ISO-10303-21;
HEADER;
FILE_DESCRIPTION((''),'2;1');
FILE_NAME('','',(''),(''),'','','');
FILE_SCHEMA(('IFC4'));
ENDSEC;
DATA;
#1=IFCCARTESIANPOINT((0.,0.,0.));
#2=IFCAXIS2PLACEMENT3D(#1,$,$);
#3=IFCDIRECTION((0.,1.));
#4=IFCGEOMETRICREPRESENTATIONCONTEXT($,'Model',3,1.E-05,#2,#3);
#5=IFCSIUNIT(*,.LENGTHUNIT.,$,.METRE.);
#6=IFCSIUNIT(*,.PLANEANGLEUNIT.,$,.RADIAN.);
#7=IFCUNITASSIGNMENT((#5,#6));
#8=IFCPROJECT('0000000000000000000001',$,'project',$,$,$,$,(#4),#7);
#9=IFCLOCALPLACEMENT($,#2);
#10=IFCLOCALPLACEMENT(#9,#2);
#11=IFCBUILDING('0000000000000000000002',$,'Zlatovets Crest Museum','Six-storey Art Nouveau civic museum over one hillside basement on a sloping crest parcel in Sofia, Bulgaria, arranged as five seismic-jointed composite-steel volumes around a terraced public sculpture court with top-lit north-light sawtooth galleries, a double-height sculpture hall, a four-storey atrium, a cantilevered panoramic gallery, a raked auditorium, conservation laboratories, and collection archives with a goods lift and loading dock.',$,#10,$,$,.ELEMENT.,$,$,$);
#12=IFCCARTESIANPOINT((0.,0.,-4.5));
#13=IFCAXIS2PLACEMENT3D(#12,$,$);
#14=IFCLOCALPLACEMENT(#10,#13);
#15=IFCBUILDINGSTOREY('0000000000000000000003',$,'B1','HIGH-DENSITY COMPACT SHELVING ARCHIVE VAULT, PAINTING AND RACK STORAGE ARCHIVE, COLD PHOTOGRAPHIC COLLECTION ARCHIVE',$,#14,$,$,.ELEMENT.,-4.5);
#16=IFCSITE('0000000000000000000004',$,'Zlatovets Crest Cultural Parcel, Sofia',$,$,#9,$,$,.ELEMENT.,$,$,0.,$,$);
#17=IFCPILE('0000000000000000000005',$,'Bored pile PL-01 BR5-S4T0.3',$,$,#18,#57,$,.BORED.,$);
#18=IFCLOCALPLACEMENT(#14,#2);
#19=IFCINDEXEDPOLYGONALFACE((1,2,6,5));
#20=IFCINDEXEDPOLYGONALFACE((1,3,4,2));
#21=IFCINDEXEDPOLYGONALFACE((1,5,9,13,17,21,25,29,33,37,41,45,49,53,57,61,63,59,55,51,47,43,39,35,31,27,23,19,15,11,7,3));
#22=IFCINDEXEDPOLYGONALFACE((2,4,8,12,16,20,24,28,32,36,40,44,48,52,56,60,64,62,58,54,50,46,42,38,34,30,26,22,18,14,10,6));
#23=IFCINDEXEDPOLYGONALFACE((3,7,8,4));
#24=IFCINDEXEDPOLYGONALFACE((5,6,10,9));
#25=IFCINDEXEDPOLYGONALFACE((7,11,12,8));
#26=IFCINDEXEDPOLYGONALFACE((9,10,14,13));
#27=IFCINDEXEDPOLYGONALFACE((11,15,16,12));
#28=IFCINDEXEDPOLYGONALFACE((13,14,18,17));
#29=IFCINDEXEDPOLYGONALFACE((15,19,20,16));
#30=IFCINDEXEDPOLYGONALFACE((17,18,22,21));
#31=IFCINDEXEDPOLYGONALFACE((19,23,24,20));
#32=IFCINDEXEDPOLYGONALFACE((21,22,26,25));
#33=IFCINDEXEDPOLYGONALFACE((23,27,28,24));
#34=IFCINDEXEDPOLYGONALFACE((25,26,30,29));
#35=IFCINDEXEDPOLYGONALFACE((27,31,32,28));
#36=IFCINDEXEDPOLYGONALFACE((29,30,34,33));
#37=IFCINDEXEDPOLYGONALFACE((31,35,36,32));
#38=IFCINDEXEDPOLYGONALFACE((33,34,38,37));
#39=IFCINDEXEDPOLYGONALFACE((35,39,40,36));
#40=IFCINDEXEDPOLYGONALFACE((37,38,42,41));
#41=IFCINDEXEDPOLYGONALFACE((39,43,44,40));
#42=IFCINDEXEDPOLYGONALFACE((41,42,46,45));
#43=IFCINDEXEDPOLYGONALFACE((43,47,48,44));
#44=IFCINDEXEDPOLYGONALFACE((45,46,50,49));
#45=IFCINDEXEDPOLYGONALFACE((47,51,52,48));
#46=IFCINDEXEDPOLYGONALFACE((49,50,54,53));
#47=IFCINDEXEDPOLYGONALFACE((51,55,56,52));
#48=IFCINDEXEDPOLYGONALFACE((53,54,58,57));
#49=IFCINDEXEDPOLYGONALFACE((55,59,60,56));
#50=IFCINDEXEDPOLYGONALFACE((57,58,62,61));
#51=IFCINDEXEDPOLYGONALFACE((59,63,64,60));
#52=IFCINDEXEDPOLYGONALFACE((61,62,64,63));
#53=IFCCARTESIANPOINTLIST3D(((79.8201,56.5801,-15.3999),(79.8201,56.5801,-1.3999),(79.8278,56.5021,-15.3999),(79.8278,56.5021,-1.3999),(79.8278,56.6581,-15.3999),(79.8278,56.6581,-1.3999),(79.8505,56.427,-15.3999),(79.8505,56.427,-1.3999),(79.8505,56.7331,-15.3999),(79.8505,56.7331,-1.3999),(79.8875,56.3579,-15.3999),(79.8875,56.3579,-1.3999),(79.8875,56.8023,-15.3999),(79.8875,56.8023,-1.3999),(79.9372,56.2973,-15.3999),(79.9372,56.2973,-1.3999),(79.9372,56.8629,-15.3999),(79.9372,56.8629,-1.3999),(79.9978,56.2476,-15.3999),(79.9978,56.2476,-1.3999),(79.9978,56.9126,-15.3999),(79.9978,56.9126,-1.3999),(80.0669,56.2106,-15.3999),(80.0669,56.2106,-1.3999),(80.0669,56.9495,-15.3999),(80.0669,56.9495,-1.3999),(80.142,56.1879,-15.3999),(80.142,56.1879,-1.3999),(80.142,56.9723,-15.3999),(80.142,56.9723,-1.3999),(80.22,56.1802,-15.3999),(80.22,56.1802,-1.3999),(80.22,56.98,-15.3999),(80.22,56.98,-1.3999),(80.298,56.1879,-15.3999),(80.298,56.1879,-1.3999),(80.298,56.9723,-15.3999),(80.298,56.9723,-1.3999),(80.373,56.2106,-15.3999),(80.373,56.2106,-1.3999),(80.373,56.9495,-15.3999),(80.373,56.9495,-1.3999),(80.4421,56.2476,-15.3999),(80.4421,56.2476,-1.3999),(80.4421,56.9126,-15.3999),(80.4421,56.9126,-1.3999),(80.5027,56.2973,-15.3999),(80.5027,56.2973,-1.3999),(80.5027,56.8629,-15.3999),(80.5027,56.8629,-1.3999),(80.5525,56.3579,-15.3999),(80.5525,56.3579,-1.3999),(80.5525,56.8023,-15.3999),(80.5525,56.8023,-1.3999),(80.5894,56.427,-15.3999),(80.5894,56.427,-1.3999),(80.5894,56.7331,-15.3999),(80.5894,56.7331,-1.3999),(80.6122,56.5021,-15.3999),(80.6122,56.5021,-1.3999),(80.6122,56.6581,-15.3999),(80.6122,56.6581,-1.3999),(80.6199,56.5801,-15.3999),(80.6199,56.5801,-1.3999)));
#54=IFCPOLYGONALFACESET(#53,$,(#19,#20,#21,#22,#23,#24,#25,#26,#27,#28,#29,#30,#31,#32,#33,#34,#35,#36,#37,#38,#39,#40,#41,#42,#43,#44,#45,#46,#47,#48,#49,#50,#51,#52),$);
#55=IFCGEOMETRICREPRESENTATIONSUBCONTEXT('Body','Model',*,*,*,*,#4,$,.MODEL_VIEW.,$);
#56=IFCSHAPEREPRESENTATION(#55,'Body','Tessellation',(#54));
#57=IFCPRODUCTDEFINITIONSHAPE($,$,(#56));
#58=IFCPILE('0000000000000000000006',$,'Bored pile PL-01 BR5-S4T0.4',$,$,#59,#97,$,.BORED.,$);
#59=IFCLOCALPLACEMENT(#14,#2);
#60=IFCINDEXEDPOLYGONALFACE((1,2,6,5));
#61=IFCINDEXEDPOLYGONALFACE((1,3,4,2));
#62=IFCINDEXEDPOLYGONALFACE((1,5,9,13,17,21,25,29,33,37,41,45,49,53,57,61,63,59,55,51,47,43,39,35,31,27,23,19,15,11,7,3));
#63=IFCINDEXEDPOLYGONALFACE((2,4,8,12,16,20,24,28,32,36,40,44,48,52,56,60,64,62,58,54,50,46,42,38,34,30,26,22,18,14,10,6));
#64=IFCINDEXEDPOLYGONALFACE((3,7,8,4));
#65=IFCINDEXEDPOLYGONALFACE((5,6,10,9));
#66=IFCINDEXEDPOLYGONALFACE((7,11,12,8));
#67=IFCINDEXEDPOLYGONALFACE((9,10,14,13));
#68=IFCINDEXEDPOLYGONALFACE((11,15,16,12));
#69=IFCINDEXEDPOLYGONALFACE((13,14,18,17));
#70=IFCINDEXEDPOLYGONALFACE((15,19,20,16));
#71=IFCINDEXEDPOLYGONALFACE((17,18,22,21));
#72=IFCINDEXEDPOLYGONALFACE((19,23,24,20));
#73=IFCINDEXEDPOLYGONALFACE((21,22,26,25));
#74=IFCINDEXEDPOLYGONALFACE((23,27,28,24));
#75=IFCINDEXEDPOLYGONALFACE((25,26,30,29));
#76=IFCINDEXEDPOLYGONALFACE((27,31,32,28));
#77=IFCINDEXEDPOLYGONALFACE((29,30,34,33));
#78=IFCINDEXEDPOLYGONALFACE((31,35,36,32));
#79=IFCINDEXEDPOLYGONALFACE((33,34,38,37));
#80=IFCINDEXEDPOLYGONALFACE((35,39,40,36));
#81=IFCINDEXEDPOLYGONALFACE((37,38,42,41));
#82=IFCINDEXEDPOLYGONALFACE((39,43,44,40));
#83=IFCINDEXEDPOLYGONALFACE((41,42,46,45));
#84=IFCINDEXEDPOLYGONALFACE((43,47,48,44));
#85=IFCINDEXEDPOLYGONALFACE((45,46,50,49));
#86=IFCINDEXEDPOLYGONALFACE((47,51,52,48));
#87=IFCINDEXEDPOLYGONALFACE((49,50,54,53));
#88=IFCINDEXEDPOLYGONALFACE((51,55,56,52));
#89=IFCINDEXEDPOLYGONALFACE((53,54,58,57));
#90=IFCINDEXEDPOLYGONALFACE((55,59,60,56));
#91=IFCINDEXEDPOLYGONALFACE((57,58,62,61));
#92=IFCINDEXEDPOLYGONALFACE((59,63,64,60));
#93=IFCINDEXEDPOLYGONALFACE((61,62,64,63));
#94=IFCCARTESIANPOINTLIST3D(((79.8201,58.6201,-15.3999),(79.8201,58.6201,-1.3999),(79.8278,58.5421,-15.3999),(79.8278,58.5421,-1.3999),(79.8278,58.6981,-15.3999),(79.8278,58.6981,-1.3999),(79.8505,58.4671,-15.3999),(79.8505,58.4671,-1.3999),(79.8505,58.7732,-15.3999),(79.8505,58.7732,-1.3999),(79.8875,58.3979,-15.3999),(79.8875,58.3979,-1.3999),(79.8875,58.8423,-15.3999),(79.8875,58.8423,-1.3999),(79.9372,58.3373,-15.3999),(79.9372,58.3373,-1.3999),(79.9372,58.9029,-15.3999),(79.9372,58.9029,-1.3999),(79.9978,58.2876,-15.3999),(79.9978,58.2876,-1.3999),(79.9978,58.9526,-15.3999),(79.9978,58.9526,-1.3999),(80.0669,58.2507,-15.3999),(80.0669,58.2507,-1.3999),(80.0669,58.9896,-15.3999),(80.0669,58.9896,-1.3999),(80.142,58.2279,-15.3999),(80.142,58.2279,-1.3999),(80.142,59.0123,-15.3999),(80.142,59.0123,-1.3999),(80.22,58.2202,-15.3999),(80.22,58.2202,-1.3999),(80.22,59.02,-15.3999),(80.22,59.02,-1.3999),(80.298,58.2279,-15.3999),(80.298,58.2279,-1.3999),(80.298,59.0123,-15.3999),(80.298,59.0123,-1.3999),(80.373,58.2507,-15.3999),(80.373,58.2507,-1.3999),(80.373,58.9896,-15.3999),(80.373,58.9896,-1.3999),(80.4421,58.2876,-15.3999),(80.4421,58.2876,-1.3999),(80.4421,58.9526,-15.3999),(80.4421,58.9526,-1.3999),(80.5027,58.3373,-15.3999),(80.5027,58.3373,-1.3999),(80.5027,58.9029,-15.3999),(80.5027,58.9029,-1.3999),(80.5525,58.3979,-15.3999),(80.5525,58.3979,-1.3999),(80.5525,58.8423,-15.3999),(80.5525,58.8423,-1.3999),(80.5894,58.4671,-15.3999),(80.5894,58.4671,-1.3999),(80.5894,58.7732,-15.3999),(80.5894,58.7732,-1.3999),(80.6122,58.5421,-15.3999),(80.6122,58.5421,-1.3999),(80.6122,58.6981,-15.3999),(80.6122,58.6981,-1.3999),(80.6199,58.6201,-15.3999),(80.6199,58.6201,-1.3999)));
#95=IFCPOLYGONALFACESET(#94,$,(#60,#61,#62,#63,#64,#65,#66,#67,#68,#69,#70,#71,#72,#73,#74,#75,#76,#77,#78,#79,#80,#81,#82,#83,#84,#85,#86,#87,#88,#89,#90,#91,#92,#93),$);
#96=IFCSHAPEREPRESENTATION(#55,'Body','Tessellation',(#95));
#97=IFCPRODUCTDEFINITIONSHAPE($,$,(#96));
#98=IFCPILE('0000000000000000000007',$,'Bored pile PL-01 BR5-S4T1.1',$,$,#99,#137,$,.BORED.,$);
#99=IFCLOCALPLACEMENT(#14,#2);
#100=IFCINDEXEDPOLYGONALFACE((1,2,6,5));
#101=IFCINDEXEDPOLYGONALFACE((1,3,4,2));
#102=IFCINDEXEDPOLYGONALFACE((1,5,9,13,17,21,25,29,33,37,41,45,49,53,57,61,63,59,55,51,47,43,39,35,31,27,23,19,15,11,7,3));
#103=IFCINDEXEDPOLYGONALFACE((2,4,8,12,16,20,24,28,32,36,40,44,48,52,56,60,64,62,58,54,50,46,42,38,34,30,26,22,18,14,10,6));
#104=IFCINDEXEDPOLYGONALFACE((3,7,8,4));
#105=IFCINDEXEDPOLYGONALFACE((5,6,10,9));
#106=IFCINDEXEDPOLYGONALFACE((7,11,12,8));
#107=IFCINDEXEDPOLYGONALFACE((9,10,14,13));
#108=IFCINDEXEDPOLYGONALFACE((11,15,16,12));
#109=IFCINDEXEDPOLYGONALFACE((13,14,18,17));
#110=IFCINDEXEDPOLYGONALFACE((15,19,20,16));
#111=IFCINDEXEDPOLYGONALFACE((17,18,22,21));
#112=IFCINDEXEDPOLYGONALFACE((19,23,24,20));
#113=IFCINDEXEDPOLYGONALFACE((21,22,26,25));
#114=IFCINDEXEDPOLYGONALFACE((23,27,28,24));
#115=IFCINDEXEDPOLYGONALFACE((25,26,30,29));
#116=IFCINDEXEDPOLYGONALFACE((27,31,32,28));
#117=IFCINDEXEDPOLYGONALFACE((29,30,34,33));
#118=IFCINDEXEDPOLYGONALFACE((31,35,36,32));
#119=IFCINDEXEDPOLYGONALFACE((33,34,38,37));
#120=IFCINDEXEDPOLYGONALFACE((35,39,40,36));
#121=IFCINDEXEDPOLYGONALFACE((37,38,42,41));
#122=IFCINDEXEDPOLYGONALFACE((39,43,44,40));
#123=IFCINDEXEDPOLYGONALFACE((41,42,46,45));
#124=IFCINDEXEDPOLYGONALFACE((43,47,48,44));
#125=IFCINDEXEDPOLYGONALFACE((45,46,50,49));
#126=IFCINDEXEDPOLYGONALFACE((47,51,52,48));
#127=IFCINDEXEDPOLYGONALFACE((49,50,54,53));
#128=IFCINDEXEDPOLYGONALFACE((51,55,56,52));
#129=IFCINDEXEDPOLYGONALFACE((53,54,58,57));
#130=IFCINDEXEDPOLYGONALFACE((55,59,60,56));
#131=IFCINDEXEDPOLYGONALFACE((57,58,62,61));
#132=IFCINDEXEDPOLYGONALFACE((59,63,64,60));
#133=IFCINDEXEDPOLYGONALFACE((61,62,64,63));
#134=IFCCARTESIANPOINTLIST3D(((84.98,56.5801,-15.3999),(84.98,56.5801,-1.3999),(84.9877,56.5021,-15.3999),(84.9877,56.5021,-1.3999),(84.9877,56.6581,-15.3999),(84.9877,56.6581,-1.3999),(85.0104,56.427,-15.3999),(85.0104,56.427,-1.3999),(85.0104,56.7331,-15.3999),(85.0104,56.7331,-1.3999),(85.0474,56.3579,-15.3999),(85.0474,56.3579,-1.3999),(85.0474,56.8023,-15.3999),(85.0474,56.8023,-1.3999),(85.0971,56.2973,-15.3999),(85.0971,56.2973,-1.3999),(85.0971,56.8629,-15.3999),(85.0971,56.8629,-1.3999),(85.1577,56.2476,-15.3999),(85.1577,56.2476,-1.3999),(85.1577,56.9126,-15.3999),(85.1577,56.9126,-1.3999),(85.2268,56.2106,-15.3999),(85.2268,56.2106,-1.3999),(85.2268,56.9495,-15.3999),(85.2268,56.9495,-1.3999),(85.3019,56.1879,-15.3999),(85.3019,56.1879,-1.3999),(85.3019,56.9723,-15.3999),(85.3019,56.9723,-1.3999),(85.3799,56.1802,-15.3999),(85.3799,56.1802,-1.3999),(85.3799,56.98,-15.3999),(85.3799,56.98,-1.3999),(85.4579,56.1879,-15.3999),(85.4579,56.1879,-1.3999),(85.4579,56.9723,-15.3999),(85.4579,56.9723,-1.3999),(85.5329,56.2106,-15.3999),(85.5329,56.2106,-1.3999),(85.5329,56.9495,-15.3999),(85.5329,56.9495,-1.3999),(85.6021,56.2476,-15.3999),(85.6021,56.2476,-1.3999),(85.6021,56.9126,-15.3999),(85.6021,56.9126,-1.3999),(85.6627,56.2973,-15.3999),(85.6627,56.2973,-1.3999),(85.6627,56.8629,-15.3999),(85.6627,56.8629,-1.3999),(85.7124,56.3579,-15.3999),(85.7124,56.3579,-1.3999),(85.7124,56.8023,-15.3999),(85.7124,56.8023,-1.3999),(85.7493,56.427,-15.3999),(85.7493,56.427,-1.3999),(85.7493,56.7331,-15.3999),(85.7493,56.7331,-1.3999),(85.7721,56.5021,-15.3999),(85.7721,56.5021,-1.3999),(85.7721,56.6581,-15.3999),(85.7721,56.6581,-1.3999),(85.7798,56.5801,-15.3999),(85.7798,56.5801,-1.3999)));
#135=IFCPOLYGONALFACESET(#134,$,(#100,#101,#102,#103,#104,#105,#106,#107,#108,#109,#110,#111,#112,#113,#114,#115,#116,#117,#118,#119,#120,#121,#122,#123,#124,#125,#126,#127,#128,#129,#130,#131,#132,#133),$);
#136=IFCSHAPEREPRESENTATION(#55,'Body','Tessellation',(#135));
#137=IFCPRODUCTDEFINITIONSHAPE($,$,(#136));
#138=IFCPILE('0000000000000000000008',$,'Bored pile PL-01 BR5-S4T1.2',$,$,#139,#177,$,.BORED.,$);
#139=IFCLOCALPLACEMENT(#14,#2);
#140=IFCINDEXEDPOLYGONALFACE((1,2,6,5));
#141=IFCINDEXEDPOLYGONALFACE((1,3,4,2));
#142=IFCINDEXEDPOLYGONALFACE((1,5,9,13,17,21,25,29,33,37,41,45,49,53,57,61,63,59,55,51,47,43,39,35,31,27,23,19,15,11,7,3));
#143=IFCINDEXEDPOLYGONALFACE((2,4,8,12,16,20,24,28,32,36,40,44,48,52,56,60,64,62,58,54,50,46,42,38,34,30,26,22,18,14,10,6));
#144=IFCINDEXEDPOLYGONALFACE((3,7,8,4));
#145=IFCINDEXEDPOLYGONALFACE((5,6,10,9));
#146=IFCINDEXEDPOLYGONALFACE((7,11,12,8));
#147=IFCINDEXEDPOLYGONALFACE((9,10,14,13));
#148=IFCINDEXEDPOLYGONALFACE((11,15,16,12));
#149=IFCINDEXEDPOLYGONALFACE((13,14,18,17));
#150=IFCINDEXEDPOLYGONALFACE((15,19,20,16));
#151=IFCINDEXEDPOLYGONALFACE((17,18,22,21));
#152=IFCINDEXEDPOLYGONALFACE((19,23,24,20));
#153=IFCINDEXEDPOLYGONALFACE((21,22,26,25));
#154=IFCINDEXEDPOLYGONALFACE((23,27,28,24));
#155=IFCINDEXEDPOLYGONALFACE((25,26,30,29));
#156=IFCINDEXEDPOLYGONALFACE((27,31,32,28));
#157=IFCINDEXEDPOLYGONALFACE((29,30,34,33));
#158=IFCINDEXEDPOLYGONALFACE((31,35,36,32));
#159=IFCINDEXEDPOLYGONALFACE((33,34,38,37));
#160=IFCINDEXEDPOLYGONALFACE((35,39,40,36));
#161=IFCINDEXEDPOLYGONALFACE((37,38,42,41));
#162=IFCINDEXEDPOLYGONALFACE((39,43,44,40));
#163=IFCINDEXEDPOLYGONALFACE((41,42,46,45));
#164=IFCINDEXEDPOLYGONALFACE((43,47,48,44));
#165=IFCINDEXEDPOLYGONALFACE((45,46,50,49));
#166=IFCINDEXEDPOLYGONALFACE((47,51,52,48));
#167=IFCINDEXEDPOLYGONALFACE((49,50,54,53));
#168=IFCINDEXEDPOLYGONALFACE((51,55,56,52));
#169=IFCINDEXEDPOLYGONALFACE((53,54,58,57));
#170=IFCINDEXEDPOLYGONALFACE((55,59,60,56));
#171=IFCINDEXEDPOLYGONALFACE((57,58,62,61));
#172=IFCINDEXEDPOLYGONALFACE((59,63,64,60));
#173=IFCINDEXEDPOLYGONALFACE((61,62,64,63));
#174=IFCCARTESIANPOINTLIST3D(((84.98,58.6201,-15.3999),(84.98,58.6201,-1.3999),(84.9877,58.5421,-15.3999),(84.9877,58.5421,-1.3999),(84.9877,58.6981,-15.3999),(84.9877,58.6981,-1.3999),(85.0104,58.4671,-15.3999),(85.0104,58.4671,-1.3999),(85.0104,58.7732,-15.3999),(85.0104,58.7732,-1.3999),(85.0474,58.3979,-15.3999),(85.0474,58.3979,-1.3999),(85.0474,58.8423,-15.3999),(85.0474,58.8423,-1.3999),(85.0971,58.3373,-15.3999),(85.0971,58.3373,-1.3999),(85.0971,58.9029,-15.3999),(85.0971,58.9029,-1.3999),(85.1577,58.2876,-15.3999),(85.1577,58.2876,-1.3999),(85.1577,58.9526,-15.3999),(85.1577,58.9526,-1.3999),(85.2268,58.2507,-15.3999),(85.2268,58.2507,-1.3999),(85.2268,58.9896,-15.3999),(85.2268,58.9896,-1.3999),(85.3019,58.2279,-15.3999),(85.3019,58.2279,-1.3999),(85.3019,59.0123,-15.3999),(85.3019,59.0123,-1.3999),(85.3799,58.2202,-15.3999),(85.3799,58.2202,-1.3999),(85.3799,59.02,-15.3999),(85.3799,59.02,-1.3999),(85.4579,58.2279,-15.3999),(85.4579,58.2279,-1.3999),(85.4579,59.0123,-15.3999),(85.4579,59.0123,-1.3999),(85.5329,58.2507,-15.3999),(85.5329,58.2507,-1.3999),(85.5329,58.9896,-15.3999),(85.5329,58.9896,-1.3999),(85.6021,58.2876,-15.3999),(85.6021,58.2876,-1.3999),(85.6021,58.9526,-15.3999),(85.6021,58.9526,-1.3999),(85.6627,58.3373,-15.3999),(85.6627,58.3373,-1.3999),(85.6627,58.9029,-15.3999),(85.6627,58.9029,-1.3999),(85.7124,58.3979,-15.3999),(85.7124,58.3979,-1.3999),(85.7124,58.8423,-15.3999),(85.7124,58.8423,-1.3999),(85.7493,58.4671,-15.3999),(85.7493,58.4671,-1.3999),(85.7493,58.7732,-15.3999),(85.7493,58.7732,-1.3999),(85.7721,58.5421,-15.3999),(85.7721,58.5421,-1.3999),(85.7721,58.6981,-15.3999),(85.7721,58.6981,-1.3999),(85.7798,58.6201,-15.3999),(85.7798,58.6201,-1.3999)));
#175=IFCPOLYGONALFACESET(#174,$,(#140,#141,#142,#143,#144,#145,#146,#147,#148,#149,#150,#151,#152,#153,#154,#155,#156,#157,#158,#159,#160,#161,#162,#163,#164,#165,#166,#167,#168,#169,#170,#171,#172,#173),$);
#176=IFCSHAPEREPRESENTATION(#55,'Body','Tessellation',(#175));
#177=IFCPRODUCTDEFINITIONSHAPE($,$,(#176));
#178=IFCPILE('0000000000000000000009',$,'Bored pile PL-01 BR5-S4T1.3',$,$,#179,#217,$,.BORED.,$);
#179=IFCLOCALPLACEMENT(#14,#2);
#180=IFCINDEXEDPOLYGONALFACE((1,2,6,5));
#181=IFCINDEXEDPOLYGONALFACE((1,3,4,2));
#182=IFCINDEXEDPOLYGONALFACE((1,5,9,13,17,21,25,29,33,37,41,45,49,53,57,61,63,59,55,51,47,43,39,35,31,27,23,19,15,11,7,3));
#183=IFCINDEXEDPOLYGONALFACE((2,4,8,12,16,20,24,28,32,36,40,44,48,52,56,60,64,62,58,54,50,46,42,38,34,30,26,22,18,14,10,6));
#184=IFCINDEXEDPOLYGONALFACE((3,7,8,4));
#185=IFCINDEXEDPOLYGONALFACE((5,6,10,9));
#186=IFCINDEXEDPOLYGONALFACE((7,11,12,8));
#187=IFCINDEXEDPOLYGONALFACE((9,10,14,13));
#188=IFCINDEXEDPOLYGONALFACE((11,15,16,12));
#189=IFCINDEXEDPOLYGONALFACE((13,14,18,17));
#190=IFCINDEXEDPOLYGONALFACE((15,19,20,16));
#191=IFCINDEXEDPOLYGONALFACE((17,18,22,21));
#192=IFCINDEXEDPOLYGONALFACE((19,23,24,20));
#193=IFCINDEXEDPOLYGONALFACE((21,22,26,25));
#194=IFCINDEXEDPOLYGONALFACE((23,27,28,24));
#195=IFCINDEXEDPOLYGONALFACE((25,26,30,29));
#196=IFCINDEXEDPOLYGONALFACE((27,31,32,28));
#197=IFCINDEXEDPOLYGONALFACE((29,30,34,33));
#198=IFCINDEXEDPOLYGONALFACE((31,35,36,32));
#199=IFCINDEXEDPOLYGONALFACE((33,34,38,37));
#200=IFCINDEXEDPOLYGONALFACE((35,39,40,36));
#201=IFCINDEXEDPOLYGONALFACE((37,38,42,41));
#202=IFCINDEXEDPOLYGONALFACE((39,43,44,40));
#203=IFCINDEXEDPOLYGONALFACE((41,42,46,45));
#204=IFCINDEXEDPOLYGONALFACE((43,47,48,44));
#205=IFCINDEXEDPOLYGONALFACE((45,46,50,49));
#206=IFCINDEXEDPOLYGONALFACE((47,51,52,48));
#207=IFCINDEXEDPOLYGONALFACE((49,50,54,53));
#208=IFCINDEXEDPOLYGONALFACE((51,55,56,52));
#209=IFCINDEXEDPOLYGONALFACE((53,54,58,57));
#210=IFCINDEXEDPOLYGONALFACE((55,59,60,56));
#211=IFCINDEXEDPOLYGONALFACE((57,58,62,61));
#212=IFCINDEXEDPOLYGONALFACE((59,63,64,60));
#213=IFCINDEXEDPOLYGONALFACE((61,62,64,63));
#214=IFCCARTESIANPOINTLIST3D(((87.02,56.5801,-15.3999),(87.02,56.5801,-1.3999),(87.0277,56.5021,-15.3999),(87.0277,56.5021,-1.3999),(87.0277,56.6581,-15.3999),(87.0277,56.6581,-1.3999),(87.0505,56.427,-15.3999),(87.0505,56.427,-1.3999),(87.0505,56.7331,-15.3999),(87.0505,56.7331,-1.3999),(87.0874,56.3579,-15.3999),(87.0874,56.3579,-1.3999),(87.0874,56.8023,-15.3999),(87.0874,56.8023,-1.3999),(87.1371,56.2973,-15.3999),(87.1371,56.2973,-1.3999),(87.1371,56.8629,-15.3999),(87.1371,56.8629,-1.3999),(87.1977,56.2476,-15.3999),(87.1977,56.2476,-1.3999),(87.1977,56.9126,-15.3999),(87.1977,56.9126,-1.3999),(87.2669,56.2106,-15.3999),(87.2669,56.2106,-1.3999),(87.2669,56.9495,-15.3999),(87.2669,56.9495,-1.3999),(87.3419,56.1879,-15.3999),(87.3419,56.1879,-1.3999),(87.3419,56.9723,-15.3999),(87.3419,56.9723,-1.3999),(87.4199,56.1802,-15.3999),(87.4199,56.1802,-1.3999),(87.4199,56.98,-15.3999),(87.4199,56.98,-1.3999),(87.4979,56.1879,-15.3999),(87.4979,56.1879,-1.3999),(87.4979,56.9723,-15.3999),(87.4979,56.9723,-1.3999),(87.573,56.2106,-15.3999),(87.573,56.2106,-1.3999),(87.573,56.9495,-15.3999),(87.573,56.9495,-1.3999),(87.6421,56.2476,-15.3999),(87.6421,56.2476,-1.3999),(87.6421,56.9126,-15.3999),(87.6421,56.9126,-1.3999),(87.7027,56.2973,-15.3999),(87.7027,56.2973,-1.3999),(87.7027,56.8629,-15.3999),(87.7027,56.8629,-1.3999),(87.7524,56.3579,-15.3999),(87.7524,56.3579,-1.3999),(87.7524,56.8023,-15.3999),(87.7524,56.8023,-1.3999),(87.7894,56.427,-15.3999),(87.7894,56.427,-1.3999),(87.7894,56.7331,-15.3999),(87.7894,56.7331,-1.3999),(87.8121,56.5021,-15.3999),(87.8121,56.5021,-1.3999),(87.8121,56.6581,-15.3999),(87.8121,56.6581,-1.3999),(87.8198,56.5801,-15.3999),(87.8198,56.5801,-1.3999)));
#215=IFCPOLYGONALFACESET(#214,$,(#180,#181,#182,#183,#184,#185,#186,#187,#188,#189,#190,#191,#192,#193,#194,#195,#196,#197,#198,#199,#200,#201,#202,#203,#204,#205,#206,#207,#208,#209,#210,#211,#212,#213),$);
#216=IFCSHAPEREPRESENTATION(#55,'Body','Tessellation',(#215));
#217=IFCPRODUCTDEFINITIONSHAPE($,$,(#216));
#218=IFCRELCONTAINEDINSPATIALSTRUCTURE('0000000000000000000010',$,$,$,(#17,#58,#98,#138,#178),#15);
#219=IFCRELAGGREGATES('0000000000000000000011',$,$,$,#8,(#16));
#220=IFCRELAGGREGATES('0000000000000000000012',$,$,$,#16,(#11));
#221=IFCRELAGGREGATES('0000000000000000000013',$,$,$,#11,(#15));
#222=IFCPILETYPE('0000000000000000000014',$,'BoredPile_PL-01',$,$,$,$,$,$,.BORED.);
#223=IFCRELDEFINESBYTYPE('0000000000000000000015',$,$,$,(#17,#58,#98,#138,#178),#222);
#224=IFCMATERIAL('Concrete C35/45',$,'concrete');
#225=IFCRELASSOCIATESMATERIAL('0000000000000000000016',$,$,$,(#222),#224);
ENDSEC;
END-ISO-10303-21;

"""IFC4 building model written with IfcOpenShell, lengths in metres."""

from ifc_helpers import new_model, si_unit, direction, frame, origin, origin_2d, place, context, subcontext, project, spatial, circle, extrude, material, material_profile, profile_set, type_object, element, save


model = new_model("IFC4")

# Units and contexts
model_context = context("Model", 3, precision=1e-05, world=origin(), true_north=direction((0.0, 1.0)))
body_context = subcontext(model_context, "Body", "Model", "MODEL_VIEW")
ifc_project = project(units=[si_unit("LENGTHUNIT", "METRE"), si_unit("PLANEANGLEUNIT", "RADIAN")], contexts=[model_context])

# Site, building, storey
site_placement = place(None, origin())
site = spatial("IfcSite", under=ifc_project, at=site_placement, Name="Zlatovets Crest Cultural Parcel, Sofia", CompositionType="ELEMENT", RefElevation=0.0)
building_placement = place(site_placement, origin())
building = spatial("IfcBuilding", under=site, at=building_placement, Name="Zlatovets Crest Museum", Description="Six-storey Art Nouveau civic museum over one hillside basement on a sloping crest parcel in Sofia, Bulgaria, arranged as five seismic-jointed composite-steel volumes around a terraced public sculpture court with top-lit north-light sawtooth galleries, a double-height sculpture hall, a four-storey atrium, a cantilevered panoramic gallery, a raked auditorium, conservation laboratories, and collection archives with a goods lift and loading dock.", CompositionType="ELEMENT")
storey_placement = place(building_placement, frame((0.0, 0.0, -4.5)))
storey = spatial("IfcBuildingStorey", under=building, at=storey_placement, Name="B1", Description="HIGH-DENSITY COMPACT SHELVING ARCHIVE VAULT, PAINTING AND RACK STORAGE ARCHIVE, COLD PHOTOGRAPHIC COLLECTION ARCHIVE", CompositionType="ELEMENT", Elevation=-4.5)

# Piles
ifc_material_1 = material(Name="Concrete C35/45", Category="concrete")
ifc_material_profile_1 = material_profile(ifc_material_1, circle(Radius=0.3999, at=origin_2d()), Name="PILE D800")
ifc_profile_set_1 = profile_set([ifc_material_profile_1], Name="Concrete C35/45")
pile_type = type_object("IfcPileType", Name="BoredPile_PL-01", PredefinedType="BORED", material=ifc_profile_set_1)
for number, where, z_axis, x_axis, name in (
    (1, (80.22, 56.5801, -1.3999), (0.0, 0.0, -1.0), (1.0, 0.0, 0.0), "Bored pile PL-01 BR5-S4T0.3"),
    (2, (80.22, 58.6201, -1.3999), (0.0, 0.0, -1.0), (1.0, 0.0, 0.0), "Bored pile PL-01 BR5-S4T0.4"),
    (3, (85.3799, 56.5801, -1.3999), (0.0, 0.0, -1.0), (1.0, 0.0, 0.0), "Bored pile PL-01 BR5-S4T1.1"),
    (4, (85.3799, 58.6201, -1.3999), (0.0, 0.0, -1.0), (1.0, 0.0, 0.0), "Bored pile PL-01 BR5-S4T1.2"),
    (5, (87.4199, 56.5801, -1.3999), (0.0, 0.0, -1.0), (1.0, 0.0, 0.0), "Bored pile PL-01 BR5-S4T1.3"),
):
    element("IfcPile", number, at=place(storey_placement, frame(where, z_axis=z_axis, x_axis=x_axis)), inside=storey, type_object=pile_type, Name=name, PredefinedType="BORED", context=body_context, shape_type="SweptSolid", body=[
        extrude(circle(Radius=0.3999, at=origin_2d()), origin(), (0.0, 0.0, 1.0), 14.0),
    ])

save(model, "model.ifc")
